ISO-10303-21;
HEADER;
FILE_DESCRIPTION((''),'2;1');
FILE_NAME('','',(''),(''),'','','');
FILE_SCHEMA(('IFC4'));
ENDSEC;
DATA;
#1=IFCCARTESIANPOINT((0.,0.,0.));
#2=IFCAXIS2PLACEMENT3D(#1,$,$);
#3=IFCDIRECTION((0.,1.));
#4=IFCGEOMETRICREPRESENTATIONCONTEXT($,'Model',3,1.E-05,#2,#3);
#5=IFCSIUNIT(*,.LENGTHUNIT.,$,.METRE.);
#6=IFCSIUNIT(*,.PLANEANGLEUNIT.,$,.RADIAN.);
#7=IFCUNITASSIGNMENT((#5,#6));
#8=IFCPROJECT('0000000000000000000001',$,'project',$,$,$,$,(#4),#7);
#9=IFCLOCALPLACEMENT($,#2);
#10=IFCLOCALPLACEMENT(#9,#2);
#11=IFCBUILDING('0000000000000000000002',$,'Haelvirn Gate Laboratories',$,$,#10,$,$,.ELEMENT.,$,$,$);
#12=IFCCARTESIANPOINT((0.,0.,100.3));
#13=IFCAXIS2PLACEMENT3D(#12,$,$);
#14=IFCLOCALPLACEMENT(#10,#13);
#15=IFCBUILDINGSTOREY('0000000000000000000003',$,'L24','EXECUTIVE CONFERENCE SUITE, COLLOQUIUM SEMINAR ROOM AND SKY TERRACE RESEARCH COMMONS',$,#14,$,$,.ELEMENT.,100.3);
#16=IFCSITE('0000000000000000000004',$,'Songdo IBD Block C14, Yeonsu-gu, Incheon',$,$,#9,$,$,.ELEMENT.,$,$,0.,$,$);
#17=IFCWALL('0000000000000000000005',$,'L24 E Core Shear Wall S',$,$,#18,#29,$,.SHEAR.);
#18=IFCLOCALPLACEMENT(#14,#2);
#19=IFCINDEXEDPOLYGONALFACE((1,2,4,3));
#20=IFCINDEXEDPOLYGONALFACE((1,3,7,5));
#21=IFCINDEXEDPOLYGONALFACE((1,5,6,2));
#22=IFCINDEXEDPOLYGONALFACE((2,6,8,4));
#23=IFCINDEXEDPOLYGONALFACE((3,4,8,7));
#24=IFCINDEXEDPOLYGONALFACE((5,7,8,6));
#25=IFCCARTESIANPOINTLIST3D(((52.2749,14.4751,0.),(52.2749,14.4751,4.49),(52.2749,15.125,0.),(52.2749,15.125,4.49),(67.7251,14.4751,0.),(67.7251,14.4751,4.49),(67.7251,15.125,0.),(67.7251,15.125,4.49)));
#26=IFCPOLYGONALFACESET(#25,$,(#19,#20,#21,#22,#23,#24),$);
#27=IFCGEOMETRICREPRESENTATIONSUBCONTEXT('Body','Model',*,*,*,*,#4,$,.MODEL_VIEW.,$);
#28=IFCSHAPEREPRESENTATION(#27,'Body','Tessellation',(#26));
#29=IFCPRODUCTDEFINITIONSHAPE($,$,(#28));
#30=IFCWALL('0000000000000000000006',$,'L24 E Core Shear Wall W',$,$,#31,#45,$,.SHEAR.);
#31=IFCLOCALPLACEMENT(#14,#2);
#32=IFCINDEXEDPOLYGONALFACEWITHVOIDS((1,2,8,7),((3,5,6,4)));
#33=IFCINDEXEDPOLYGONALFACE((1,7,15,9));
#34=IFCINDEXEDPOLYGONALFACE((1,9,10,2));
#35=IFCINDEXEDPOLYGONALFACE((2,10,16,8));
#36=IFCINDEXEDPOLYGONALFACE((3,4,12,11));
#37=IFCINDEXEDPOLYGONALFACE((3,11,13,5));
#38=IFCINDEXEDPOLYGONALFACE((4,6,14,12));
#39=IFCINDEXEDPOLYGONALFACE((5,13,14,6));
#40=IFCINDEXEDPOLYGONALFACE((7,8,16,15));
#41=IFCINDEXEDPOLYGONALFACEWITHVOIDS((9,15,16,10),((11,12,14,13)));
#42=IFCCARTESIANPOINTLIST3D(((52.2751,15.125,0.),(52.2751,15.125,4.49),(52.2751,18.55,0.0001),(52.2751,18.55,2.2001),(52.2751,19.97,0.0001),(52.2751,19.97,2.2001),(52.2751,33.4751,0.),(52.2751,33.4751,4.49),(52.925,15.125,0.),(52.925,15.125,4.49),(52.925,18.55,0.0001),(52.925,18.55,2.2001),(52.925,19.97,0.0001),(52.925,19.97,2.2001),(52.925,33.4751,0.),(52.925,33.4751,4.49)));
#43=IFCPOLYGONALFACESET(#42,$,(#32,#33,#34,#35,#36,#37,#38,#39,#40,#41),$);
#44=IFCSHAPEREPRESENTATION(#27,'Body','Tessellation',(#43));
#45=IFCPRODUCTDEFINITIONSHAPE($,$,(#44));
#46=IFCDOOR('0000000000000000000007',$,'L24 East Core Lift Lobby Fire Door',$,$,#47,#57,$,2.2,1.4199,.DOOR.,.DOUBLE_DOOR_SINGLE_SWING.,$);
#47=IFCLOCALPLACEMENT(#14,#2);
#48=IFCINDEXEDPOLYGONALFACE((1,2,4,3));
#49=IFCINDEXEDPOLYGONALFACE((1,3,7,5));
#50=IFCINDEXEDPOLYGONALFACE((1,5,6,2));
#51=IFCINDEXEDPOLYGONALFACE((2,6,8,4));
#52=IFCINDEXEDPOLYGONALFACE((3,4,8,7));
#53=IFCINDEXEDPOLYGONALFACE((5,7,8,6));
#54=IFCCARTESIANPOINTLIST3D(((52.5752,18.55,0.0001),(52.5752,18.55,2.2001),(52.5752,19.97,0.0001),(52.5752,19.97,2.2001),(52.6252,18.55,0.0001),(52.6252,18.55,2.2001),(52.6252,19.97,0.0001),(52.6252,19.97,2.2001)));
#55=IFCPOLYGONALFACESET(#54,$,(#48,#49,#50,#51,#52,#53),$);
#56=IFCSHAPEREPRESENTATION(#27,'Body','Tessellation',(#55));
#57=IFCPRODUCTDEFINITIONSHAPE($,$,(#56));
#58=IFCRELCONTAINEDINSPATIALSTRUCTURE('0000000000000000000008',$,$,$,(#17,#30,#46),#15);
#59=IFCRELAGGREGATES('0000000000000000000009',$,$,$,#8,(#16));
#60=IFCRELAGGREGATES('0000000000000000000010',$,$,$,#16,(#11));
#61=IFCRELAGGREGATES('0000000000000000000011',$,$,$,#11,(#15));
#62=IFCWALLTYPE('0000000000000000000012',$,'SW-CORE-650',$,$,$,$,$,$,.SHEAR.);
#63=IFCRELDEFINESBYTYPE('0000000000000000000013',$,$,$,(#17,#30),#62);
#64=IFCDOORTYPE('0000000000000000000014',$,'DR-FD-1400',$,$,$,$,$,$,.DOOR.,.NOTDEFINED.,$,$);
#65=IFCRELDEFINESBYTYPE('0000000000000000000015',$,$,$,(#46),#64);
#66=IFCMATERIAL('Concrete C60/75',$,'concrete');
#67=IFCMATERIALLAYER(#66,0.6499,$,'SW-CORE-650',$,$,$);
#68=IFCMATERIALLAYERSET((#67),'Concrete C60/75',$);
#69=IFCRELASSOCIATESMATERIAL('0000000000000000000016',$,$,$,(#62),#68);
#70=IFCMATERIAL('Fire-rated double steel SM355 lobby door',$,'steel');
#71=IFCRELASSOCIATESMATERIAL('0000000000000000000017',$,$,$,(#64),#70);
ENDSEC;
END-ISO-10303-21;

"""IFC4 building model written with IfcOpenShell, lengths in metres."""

from ifc_helpers import new_model, si_unit, direction, frame, frame_2d, origin, place, context, subcontext, project, spatial, rectangle, extrude, source, transform, mapped, material, layer, layer_set, type_object, type_shapes, element, fill, save


model = new_model("IFC4")

# Units and contexts
model_context = context("Model", 3, precision=1e-05, world=origin(), true_north=direction((0.0, 1.0)))
body_context = subcontext(model_context, "Body", "Model", "MODEL_VIEW")
ifc_project = project(units=[si_unit("LENGTHUNIT", "METRE"), si_unit("PLANEANGLEUNIT", "RADIAN")], contexts=[model_context])

# Site, building, storey
site_placement = place(None, origin())
site = spatial("IfcSite", under=ifc_project, at=site_placement, Name="Songdo IBD Block C14, Yeonsu-gu, Incheon", CompositionType="ELEMENT", RefElevation=0.0)
building_placement = place(site_placement, origin())
building = spatial("IfcBuilding", under=site, at=building_placement, Name="Haelvirn Gate Laboratories", CompositionType="ELEMENT")
storey_placement = place(building_placement, frame((0.0, 0.0, 100.3)))
storey = spatial("IfcBuildingStorey", under=building, at=storey_placement, Name="L24", Description="EXECUTIVE CONFERENCE SUITE, COLLOQUIUM SEMINAR ROOM AND SKY TERRACE RESEARCH COMMONS", CompositionType="ELEMENT", Elevation=100.3)

# Shared definitions
ifc_material_1 = material(Name="Concrete C60/75", Category="concrete")

# Wall
ifc_layer_1 = layer(ifc_material_1, 0.6499, Name="SW-CORE-650")
ifc_layer_set_1 = layer_set([ifc_layer_1], Name="Concrete C60/75")
wall_type_1 = type_object("IfcWallType", Name="SW-CORE-650", PredefinedType="SHEAR", material=ifc_layer_set_1)
wall_1_placement = place(storey_placement, frame((52.2749, 14.8, 0.0), z_axis=(0.0, 0.0, 1.0), x_axis=(1.0, 0.0, 0.0)))
element("IfcWall", 1, at=wall_1_placement, inside=storey, type_object=wall_type_1, Name="L24 E Core Shear Wall S", PredefinedType="SHEAR", context=body_context, shape_type="SweptSolid", body=[
    extrude(rectangle(XDim=15.4502, YDim=0.6499, at=frame_2d((7.7251, 0.0))), origin(), (0.0, 0.0, 1.0), 4.49),
])

# Wall, opening, door
wall_2_placement = place(storey_placement, frame((52.6001, 15.125, 0.0), z_axis=(0.0, 0.0, 1.0), x_axis=(0.0, 1.0, 0.0)))
wall_2 = element("IfcWall", 2, at=wall_2_placement, inside=storey, type_object=wall_type_1, Name="L24 E Core Shear Wall W", PredefinedType="SHEAR", context=body_context, shape_type="SweptSolid", body=[
    extrude(rectangle(XDim=18.3501, YDim=0.6499, at=frame_2d((9.175, 0.0))), origin(), (0.0, 0.0, 1.0), 4.49),
])
opening_1_placement = place(wall_2_placement, frame((3.425, 0.0, 0.0)))
opening_1 = element("IfcOpeningElement", 3, at=opening_1_placement, cuts=wall_2, PredefinedType="OPENING", context=body_context, shape_type="SweptSolid", body=[
    extrude(rectangle(XDim=1.4199, YDim=2.2, at=frame_2d((0.71, 1.1001))), frame((0.0, 0.335, 0.0), z_axis=(0.0, -1.0, 0.0), x_axis=(1.0, 0.0, 0.0)), (0.0, 0.0, 1.0), 0.6699),
])
ifc_material_2 = material(Name="Fire-rated double steel SM355 lobby door", Category="steel")
door_type_1 = type_object("IfcDoorType", Name="DR-FD-1400", OperationType="NOTDEFINED", PredefinedType="DOOR", material=ifc_material_2)
shared_shape_1 = source(origin(), body_context, "Body", "SweptSolid", [
    extrude(rectangle(XDim=1.4199, YDim=2.2, at=frame_2d((0.71, 1.1001))), frame((0.0, 0.0249, 0.0), z_axis=(0.0, -1.0, 0.0), x_axis=(1.0, 0.0, 0.0)), (0.0, 0.0, 1.0), 0.05),
])
type_shapes(door_type_1, [shared_shape_1])
door_1_placement = place(opening_1_placement, origin())
door_1 = element("IfcDoor", 4, at=door_1_placement, inside=storey, type_object=door_type_1, Name="L24 East Core Lift Lobby Fire Door", OperationType="DOUBLE_DOOR_SINGLE_SWING", OverallHeight=2.2, OverallWidth=1.4199, PredefinedType="DOOR", context=body_context, shape_type="MappedRepresentation", body=[
    mapped(shared_shape_1, transform((0.0, 0.0, 0.0), scale=1.0)),
])
fill(opening_1, door_1)

save(model, "model.ifc")
